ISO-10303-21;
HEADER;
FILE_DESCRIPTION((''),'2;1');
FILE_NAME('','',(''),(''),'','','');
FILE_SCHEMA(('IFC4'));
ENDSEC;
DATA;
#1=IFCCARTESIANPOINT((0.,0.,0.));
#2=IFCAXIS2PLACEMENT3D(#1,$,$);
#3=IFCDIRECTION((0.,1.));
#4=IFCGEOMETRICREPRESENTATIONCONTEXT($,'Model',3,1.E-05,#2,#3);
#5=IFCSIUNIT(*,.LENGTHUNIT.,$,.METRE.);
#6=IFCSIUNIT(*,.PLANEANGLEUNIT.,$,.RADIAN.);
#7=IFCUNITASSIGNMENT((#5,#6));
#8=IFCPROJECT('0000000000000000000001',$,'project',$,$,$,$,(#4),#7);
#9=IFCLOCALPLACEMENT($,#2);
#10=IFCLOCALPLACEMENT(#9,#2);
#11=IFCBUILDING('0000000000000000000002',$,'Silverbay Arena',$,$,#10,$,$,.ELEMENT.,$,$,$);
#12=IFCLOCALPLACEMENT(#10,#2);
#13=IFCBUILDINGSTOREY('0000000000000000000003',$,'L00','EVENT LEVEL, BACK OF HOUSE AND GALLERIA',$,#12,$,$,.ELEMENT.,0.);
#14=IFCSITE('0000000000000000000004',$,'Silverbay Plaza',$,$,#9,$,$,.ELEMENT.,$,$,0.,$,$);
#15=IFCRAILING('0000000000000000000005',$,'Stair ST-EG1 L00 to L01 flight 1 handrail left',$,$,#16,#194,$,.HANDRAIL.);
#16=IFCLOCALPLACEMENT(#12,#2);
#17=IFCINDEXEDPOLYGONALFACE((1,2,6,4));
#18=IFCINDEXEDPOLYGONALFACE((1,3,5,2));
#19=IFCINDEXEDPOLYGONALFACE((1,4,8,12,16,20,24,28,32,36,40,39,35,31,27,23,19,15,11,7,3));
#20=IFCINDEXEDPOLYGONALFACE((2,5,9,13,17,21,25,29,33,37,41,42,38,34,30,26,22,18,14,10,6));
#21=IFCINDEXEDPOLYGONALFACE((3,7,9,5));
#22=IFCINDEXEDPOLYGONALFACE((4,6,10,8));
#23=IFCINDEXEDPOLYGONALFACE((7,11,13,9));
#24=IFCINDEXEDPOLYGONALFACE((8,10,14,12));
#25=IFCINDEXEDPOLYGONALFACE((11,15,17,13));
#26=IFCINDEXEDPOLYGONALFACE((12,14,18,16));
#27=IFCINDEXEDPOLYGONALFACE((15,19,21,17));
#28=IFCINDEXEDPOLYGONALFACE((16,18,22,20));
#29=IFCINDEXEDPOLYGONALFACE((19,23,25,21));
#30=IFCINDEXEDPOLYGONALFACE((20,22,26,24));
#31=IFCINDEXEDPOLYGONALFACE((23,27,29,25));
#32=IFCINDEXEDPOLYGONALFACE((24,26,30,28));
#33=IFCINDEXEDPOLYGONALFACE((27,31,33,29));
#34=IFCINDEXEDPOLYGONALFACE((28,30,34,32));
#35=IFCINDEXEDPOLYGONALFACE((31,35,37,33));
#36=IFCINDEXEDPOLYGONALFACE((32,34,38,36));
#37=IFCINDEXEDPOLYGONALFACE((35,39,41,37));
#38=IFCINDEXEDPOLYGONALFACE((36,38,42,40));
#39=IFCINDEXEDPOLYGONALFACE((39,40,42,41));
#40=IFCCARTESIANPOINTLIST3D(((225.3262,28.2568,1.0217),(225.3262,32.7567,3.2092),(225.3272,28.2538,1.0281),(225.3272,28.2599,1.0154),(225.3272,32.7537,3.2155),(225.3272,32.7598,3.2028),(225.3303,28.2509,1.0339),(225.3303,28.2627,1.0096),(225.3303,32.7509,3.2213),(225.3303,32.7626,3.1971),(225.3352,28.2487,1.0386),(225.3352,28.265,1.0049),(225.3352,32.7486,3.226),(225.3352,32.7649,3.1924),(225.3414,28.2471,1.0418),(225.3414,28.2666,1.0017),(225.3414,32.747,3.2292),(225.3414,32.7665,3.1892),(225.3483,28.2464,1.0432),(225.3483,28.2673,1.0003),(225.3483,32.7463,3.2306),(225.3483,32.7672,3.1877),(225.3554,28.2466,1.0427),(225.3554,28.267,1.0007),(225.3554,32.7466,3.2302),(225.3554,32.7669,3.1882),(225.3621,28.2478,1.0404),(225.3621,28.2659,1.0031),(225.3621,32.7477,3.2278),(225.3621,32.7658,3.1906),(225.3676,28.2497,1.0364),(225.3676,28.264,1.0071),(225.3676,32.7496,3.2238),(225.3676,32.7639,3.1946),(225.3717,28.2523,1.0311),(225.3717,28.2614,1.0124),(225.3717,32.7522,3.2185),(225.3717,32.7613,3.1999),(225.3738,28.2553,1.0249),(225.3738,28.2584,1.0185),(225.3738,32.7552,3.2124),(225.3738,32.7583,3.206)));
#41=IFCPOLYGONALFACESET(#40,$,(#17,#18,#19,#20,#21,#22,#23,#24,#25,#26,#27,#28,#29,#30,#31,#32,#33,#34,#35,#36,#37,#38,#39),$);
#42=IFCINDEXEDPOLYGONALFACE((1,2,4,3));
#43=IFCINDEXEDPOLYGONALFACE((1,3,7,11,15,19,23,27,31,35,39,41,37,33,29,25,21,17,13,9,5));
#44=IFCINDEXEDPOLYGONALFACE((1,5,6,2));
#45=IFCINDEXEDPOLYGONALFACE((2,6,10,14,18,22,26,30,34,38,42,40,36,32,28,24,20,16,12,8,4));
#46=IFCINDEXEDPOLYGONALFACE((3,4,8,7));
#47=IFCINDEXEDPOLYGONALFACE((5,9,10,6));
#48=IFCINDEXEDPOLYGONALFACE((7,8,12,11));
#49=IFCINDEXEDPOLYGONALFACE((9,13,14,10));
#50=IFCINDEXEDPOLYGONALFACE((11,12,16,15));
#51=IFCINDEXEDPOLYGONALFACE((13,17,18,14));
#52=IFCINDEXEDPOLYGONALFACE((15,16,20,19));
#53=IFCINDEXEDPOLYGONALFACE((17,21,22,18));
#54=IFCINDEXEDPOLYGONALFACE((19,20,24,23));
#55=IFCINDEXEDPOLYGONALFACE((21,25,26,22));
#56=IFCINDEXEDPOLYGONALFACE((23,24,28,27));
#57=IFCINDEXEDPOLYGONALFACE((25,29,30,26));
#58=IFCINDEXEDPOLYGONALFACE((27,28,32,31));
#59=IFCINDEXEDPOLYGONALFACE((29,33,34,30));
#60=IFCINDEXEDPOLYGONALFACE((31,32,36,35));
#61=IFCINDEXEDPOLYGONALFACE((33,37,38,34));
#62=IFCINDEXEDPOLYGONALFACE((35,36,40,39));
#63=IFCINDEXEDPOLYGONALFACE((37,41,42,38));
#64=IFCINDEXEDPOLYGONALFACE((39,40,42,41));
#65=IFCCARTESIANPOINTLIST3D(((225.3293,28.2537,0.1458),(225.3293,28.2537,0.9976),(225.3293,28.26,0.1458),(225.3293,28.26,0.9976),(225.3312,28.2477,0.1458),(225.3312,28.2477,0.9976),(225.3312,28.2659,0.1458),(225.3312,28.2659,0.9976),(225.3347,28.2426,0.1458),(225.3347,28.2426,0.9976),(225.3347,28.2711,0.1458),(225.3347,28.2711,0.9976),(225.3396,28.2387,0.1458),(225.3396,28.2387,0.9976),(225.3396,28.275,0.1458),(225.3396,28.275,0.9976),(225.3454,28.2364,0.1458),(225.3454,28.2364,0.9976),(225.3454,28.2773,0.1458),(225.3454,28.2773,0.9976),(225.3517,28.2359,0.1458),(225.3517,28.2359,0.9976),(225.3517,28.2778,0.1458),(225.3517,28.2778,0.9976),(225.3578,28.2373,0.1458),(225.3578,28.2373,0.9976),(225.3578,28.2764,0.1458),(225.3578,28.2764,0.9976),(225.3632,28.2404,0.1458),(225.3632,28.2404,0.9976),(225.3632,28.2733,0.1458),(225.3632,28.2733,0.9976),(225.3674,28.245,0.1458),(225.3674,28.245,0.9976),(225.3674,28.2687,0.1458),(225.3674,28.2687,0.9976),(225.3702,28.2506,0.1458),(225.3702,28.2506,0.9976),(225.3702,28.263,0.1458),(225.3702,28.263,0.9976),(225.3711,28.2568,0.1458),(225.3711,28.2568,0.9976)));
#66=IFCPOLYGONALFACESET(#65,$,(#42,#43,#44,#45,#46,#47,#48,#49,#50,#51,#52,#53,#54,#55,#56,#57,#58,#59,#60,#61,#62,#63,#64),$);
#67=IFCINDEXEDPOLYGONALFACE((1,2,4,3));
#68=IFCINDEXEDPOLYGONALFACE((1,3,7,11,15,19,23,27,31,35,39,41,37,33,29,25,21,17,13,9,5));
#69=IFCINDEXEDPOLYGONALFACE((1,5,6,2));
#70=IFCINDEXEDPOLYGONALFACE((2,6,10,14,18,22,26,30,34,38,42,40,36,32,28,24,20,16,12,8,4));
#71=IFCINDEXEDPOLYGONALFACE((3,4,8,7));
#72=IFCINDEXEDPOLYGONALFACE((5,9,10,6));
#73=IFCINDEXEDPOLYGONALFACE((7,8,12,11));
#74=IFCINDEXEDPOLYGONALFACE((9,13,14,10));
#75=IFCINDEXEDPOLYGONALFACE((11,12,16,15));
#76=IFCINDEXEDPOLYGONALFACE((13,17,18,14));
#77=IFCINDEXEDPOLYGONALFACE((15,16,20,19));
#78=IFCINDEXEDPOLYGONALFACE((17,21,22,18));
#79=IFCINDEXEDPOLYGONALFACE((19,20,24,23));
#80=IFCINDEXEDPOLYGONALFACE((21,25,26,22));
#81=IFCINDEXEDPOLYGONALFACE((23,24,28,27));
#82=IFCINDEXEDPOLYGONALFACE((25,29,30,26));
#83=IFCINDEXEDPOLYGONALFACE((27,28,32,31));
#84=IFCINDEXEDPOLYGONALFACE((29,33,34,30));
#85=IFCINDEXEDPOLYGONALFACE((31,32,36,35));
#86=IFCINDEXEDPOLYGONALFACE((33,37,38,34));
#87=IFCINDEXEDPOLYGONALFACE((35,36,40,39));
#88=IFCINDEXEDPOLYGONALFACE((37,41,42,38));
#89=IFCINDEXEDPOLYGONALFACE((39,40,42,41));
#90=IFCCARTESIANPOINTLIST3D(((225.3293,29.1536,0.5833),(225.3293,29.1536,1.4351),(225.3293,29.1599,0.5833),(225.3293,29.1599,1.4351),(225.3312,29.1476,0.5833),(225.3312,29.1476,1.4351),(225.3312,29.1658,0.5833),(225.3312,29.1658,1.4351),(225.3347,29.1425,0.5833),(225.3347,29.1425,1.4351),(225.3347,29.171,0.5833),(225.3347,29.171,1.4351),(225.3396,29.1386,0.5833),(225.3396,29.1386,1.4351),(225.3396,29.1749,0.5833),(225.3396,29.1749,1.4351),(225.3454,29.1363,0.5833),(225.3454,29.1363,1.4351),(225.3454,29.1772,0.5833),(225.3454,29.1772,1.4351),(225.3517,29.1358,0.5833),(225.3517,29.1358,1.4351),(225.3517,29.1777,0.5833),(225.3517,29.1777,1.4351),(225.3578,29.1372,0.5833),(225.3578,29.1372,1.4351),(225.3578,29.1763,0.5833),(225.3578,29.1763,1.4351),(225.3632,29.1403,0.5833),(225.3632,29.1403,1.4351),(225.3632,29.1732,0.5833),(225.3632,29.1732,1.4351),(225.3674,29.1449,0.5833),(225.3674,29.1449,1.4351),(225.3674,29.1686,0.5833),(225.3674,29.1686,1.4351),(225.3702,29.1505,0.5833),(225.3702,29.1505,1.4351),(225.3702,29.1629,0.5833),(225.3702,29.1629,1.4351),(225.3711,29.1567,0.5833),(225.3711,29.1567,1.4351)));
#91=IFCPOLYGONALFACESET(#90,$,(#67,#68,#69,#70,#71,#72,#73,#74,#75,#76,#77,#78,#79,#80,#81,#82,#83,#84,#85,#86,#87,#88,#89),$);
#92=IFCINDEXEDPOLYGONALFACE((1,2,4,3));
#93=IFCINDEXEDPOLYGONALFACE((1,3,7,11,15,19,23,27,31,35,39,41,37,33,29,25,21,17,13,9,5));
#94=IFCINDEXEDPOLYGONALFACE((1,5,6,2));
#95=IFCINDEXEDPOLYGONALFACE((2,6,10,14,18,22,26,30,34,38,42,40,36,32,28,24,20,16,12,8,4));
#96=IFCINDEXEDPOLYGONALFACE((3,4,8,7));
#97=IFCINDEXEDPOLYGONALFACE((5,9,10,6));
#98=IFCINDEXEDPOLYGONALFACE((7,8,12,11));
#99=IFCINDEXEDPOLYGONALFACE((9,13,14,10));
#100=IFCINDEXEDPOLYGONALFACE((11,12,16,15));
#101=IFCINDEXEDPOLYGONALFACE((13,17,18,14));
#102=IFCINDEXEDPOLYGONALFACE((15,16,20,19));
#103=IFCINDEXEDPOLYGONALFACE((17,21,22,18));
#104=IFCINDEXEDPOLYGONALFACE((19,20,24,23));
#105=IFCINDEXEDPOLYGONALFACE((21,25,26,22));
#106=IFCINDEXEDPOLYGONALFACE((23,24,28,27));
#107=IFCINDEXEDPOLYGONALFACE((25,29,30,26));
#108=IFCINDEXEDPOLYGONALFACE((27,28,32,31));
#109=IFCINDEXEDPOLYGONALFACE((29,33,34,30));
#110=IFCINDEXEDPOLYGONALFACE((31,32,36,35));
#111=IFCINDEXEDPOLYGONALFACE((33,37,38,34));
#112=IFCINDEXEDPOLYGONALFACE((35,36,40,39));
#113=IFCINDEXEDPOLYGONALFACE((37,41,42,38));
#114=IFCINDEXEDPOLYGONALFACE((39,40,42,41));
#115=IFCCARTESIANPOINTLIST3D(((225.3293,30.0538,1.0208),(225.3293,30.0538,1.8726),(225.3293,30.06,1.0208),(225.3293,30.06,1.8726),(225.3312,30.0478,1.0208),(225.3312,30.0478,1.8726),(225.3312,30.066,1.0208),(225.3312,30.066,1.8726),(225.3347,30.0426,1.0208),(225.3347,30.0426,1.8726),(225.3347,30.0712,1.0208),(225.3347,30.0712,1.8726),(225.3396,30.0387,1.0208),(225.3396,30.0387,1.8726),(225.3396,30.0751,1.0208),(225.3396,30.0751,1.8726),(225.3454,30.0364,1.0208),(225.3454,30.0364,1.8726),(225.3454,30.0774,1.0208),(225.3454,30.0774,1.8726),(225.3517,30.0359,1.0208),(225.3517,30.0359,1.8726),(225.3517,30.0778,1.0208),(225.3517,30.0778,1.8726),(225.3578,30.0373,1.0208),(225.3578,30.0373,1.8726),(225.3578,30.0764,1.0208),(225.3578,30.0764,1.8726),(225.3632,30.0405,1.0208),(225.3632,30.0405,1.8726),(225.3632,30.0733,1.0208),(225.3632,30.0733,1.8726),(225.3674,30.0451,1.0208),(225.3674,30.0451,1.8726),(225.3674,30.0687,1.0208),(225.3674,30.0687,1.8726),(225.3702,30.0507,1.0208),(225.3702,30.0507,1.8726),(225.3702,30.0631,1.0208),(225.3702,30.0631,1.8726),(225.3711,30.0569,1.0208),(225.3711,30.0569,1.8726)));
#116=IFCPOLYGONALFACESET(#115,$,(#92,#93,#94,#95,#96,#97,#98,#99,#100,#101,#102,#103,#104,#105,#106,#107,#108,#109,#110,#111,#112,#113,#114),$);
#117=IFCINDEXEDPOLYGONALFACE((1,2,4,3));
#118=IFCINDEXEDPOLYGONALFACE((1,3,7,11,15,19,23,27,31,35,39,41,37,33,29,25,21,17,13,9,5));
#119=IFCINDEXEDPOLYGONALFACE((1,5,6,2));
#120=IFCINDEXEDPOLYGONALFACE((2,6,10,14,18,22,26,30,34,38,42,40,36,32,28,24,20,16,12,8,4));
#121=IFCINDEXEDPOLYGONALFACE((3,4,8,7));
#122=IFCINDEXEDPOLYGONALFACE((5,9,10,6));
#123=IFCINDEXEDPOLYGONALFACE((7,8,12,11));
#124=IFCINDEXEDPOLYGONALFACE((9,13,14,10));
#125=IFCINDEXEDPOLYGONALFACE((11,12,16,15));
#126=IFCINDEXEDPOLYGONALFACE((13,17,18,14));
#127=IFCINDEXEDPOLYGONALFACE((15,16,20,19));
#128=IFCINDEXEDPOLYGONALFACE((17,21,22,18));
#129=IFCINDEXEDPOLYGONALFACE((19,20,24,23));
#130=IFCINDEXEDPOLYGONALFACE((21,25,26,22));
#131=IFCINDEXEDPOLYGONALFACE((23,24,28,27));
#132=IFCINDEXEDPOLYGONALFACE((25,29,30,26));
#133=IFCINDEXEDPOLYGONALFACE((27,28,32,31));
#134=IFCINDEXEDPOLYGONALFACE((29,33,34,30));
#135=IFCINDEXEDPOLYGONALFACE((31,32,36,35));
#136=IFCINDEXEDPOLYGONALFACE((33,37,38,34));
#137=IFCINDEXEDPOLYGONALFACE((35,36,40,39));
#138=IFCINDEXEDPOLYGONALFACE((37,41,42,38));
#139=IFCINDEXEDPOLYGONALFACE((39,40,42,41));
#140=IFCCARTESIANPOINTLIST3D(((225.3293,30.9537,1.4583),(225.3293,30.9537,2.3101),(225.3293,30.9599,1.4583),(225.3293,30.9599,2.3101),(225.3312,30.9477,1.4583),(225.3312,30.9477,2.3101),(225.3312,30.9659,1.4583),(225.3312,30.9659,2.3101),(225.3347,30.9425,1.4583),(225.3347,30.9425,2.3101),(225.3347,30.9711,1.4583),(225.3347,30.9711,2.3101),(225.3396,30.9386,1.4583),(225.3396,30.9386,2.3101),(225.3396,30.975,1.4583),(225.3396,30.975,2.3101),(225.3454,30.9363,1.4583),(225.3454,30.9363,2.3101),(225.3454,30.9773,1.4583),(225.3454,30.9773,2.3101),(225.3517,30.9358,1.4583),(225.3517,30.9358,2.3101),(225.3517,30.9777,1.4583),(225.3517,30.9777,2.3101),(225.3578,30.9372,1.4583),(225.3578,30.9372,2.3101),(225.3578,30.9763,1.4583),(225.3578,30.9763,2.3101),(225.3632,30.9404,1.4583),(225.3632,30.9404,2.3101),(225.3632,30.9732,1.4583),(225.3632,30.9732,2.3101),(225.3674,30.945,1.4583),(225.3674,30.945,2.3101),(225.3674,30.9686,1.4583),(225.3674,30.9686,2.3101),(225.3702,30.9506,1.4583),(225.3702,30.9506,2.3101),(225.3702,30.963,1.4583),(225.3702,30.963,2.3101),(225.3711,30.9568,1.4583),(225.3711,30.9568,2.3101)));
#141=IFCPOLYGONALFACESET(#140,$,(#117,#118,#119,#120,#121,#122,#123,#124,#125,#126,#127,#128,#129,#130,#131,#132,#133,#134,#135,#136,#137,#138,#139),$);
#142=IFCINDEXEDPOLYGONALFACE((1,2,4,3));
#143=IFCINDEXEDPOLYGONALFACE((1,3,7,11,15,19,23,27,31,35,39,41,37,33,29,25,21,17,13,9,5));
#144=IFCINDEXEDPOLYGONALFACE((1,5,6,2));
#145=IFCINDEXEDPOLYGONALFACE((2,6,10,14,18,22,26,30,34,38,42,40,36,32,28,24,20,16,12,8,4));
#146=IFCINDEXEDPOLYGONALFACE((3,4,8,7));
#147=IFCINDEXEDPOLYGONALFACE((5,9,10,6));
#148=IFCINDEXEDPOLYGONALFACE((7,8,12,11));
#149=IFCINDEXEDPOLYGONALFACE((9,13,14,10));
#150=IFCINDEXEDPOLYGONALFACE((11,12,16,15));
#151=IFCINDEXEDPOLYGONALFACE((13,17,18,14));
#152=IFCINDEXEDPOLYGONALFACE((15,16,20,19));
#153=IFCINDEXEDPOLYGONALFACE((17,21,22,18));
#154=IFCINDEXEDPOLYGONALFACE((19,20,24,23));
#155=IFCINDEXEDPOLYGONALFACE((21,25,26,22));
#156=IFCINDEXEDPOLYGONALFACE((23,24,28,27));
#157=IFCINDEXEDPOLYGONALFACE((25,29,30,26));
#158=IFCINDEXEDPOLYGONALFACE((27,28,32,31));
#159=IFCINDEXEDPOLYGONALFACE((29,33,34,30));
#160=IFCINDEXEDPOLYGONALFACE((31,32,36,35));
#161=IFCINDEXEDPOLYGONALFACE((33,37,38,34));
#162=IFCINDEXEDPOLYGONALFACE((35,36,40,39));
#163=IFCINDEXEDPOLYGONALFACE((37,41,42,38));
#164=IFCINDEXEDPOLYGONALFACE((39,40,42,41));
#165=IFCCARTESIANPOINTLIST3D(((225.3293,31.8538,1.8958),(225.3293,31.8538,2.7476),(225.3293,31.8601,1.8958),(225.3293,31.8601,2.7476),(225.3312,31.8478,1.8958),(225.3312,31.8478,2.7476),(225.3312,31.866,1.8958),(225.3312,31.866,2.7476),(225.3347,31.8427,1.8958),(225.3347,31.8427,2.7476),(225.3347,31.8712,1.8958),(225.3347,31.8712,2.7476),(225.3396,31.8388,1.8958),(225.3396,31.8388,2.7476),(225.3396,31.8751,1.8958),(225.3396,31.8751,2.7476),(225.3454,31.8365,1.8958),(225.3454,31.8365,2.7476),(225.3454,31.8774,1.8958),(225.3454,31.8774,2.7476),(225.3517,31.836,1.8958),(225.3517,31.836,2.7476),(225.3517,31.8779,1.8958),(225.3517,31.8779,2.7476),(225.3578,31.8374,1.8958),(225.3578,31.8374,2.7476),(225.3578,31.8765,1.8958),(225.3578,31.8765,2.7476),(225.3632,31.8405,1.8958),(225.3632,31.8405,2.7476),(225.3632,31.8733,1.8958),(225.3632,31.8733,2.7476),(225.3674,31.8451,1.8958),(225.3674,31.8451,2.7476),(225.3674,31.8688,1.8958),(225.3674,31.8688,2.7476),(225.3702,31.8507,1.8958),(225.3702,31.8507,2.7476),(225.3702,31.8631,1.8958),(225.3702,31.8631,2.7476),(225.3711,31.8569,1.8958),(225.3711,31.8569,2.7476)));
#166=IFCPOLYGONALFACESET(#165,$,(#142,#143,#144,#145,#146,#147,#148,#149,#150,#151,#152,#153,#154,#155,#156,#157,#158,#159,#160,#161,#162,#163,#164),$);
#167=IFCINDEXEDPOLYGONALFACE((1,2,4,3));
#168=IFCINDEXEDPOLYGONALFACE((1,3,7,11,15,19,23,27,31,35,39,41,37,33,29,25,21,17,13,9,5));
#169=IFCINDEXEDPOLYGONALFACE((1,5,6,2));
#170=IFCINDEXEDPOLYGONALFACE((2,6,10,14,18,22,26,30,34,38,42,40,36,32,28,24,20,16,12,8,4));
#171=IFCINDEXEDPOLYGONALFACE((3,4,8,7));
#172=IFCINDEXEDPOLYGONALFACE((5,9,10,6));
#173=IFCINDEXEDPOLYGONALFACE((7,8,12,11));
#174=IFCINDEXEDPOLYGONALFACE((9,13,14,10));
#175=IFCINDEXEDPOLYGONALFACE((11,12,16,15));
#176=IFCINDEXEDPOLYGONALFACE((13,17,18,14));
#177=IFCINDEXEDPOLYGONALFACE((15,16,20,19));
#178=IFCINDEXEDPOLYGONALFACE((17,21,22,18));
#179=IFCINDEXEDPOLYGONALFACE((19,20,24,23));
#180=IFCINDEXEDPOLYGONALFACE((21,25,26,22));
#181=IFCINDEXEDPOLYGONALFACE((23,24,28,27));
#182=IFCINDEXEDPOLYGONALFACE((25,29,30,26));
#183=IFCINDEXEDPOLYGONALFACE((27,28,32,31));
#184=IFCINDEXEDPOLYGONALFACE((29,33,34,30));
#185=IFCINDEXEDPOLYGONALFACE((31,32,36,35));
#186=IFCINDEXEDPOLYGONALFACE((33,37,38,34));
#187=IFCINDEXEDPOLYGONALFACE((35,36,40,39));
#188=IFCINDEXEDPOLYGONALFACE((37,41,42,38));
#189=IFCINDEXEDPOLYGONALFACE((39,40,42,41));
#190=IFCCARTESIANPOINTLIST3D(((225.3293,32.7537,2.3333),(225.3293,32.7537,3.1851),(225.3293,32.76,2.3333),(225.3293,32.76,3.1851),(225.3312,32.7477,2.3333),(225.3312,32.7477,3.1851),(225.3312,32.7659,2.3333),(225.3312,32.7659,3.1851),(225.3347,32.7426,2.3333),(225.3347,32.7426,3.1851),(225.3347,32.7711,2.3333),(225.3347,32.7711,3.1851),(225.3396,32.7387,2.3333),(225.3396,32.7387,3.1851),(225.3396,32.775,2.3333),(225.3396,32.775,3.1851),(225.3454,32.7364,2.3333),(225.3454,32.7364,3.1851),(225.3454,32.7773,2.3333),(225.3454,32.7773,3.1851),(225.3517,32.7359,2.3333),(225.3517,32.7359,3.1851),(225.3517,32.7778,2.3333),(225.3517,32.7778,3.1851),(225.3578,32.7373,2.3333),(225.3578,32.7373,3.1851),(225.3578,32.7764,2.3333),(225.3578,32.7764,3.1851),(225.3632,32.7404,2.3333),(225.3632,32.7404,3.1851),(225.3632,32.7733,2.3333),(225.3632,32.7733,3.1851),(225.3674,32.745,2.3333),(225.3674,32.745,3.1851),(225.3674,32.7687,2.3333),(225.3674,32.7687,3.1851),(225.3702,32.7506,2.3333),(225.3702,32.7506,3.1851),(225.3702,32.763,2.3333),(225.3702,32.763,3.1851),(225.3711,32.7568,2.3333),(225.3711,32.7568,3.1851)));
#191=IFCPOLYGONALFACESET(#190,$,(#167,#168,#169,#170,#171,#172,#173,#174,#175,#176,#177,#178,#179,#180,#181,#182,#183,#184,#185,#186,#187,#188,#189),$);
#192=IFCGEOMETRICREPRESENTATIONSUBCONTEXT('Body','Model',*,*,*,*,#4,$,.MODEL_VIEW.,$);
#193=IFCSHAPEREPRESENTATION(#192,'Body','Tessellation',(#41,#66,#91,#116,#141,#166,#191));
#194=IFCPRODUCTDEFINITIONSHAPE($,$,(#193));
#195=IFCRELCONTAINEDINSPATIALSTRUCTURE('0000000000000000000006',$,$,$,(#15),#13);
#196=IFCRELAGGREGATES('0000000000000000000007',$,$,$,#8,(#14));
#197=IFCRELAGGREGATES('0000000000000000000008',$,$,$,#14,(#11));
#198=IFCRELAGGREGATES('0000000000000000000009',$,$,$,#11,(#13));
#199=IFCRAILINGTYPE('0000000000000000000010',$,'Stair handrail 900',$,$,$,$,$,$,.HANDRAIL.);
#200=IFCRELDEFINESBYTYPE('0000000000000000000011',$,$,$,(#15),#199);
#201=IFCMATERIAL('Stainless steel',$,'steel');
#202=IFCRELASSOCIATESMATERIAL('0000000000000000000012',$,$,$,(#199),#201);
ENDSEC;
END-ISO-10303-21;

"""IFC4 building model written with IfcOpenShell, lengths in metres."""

from ifc_helpers import new_model, si_unit, direction, frame, origin, origin_2d, place, context, subcontext, project, spatial, circle, extrude, material, type_object, element, save


model = new_model("IFC4")

# Units and contexts
model_context = context("Model", 3, precision=1e-05, world=origin(), true_north=direction((0.0, 1.0)))
body_context = subcontext(model_context, "Body", "Model", "MODEL_VIEW")
ifc_project = project(units=[si_unit("LENGTHUNIT", "METRE"), si_unit("PLANEANGLEUNIT", "RADIAN")], contexts=[model_context])

# Site, building, storey
site_placement = place(None, origin())
site = spatial("IfcSite", under=ifc_project, at=site_placement, Name="Silverbay Plaza", CompositionType="ELEMENT", RefElevation=0.0)
building_placement = place(site_placement, origin())
building = spatial("IfcBuilding", under=site, at=building_placement, Name="Silverbay Arena", CompositionType="ELEMENT")
storey_placement = place(building_placement, origin())
storey = spatial("IfcBuildingStorey", under=building, at=storey_placement, Name="L00", Description="EVENT LEVEL, BACK OF HOUSE AND GALLERIA", CompositionType="ELEMENT", Elevation=0.0)

# Railing
ifc_material_1 = material(Name="Stainless steel", Category="steel")
railing_type_1 = type_object("IfcRailingType", Name="Stair handrail 900", PredefinedType="HANDRAIL", material=ifc_material_1)
for number, where, name in (
    (1, (225.3501, 28.2568, 0.1458), "Stair ST-EG1 L00 to L01 flight 1 handrail left"),
):
    element("IfcRailing", number, at=place(storey_placement, frame(where)), inside=storey, type_object=railing_type_1, Name=name, PredefinedType="HANDRAIL", context=body_context, shape_type="SweptSolid", body=[
        extrude(circle(Radius=0.0239, at=origin_2d()), frame((0.0, 0.0, 0.876), z_axis=(0.0, 0.899368, 0.437193), x_axis=(-1.0, 0.0, 0.0)), (0.0, 0.0, 1.0), 5.0034),
        extrude(circle(Radius=0.021, at=origin_2d()), origin(), (0.0, 0.0, 1.0), 0.8518),
        extrude(circle(Radius=0.021, at=origin_2d()), frame((0.0, 0.8999, 0.4375)), (0.0, 0.0, 1.0), 0.8518),
        extrude(circle(Radius=0.021, at=origin_2d()), frame((0.0, 1.8, 0.875)), (0.0, 0.0, 1.0), 0.8518),
        extrude(circle(Radius=0.021, at=origin_2d()), frame((0.0, 2.7, 1.3125)), (0.0, 0.0, 1.0), 0.8518),
        extrude(circle(Radius=0.021, at=origin_2d()), frame((0.0, 3.6001, 1.75)), (0.0, 0.0, 1.0), 0.8518),
        extrude(circle(Radius=0.021, at=origin_2d()), frame((0.0, 4.5, 2.1875)), (0.0, 0.0, 1.0), 0.8518),
    ])

save(model, "model.ifc")
